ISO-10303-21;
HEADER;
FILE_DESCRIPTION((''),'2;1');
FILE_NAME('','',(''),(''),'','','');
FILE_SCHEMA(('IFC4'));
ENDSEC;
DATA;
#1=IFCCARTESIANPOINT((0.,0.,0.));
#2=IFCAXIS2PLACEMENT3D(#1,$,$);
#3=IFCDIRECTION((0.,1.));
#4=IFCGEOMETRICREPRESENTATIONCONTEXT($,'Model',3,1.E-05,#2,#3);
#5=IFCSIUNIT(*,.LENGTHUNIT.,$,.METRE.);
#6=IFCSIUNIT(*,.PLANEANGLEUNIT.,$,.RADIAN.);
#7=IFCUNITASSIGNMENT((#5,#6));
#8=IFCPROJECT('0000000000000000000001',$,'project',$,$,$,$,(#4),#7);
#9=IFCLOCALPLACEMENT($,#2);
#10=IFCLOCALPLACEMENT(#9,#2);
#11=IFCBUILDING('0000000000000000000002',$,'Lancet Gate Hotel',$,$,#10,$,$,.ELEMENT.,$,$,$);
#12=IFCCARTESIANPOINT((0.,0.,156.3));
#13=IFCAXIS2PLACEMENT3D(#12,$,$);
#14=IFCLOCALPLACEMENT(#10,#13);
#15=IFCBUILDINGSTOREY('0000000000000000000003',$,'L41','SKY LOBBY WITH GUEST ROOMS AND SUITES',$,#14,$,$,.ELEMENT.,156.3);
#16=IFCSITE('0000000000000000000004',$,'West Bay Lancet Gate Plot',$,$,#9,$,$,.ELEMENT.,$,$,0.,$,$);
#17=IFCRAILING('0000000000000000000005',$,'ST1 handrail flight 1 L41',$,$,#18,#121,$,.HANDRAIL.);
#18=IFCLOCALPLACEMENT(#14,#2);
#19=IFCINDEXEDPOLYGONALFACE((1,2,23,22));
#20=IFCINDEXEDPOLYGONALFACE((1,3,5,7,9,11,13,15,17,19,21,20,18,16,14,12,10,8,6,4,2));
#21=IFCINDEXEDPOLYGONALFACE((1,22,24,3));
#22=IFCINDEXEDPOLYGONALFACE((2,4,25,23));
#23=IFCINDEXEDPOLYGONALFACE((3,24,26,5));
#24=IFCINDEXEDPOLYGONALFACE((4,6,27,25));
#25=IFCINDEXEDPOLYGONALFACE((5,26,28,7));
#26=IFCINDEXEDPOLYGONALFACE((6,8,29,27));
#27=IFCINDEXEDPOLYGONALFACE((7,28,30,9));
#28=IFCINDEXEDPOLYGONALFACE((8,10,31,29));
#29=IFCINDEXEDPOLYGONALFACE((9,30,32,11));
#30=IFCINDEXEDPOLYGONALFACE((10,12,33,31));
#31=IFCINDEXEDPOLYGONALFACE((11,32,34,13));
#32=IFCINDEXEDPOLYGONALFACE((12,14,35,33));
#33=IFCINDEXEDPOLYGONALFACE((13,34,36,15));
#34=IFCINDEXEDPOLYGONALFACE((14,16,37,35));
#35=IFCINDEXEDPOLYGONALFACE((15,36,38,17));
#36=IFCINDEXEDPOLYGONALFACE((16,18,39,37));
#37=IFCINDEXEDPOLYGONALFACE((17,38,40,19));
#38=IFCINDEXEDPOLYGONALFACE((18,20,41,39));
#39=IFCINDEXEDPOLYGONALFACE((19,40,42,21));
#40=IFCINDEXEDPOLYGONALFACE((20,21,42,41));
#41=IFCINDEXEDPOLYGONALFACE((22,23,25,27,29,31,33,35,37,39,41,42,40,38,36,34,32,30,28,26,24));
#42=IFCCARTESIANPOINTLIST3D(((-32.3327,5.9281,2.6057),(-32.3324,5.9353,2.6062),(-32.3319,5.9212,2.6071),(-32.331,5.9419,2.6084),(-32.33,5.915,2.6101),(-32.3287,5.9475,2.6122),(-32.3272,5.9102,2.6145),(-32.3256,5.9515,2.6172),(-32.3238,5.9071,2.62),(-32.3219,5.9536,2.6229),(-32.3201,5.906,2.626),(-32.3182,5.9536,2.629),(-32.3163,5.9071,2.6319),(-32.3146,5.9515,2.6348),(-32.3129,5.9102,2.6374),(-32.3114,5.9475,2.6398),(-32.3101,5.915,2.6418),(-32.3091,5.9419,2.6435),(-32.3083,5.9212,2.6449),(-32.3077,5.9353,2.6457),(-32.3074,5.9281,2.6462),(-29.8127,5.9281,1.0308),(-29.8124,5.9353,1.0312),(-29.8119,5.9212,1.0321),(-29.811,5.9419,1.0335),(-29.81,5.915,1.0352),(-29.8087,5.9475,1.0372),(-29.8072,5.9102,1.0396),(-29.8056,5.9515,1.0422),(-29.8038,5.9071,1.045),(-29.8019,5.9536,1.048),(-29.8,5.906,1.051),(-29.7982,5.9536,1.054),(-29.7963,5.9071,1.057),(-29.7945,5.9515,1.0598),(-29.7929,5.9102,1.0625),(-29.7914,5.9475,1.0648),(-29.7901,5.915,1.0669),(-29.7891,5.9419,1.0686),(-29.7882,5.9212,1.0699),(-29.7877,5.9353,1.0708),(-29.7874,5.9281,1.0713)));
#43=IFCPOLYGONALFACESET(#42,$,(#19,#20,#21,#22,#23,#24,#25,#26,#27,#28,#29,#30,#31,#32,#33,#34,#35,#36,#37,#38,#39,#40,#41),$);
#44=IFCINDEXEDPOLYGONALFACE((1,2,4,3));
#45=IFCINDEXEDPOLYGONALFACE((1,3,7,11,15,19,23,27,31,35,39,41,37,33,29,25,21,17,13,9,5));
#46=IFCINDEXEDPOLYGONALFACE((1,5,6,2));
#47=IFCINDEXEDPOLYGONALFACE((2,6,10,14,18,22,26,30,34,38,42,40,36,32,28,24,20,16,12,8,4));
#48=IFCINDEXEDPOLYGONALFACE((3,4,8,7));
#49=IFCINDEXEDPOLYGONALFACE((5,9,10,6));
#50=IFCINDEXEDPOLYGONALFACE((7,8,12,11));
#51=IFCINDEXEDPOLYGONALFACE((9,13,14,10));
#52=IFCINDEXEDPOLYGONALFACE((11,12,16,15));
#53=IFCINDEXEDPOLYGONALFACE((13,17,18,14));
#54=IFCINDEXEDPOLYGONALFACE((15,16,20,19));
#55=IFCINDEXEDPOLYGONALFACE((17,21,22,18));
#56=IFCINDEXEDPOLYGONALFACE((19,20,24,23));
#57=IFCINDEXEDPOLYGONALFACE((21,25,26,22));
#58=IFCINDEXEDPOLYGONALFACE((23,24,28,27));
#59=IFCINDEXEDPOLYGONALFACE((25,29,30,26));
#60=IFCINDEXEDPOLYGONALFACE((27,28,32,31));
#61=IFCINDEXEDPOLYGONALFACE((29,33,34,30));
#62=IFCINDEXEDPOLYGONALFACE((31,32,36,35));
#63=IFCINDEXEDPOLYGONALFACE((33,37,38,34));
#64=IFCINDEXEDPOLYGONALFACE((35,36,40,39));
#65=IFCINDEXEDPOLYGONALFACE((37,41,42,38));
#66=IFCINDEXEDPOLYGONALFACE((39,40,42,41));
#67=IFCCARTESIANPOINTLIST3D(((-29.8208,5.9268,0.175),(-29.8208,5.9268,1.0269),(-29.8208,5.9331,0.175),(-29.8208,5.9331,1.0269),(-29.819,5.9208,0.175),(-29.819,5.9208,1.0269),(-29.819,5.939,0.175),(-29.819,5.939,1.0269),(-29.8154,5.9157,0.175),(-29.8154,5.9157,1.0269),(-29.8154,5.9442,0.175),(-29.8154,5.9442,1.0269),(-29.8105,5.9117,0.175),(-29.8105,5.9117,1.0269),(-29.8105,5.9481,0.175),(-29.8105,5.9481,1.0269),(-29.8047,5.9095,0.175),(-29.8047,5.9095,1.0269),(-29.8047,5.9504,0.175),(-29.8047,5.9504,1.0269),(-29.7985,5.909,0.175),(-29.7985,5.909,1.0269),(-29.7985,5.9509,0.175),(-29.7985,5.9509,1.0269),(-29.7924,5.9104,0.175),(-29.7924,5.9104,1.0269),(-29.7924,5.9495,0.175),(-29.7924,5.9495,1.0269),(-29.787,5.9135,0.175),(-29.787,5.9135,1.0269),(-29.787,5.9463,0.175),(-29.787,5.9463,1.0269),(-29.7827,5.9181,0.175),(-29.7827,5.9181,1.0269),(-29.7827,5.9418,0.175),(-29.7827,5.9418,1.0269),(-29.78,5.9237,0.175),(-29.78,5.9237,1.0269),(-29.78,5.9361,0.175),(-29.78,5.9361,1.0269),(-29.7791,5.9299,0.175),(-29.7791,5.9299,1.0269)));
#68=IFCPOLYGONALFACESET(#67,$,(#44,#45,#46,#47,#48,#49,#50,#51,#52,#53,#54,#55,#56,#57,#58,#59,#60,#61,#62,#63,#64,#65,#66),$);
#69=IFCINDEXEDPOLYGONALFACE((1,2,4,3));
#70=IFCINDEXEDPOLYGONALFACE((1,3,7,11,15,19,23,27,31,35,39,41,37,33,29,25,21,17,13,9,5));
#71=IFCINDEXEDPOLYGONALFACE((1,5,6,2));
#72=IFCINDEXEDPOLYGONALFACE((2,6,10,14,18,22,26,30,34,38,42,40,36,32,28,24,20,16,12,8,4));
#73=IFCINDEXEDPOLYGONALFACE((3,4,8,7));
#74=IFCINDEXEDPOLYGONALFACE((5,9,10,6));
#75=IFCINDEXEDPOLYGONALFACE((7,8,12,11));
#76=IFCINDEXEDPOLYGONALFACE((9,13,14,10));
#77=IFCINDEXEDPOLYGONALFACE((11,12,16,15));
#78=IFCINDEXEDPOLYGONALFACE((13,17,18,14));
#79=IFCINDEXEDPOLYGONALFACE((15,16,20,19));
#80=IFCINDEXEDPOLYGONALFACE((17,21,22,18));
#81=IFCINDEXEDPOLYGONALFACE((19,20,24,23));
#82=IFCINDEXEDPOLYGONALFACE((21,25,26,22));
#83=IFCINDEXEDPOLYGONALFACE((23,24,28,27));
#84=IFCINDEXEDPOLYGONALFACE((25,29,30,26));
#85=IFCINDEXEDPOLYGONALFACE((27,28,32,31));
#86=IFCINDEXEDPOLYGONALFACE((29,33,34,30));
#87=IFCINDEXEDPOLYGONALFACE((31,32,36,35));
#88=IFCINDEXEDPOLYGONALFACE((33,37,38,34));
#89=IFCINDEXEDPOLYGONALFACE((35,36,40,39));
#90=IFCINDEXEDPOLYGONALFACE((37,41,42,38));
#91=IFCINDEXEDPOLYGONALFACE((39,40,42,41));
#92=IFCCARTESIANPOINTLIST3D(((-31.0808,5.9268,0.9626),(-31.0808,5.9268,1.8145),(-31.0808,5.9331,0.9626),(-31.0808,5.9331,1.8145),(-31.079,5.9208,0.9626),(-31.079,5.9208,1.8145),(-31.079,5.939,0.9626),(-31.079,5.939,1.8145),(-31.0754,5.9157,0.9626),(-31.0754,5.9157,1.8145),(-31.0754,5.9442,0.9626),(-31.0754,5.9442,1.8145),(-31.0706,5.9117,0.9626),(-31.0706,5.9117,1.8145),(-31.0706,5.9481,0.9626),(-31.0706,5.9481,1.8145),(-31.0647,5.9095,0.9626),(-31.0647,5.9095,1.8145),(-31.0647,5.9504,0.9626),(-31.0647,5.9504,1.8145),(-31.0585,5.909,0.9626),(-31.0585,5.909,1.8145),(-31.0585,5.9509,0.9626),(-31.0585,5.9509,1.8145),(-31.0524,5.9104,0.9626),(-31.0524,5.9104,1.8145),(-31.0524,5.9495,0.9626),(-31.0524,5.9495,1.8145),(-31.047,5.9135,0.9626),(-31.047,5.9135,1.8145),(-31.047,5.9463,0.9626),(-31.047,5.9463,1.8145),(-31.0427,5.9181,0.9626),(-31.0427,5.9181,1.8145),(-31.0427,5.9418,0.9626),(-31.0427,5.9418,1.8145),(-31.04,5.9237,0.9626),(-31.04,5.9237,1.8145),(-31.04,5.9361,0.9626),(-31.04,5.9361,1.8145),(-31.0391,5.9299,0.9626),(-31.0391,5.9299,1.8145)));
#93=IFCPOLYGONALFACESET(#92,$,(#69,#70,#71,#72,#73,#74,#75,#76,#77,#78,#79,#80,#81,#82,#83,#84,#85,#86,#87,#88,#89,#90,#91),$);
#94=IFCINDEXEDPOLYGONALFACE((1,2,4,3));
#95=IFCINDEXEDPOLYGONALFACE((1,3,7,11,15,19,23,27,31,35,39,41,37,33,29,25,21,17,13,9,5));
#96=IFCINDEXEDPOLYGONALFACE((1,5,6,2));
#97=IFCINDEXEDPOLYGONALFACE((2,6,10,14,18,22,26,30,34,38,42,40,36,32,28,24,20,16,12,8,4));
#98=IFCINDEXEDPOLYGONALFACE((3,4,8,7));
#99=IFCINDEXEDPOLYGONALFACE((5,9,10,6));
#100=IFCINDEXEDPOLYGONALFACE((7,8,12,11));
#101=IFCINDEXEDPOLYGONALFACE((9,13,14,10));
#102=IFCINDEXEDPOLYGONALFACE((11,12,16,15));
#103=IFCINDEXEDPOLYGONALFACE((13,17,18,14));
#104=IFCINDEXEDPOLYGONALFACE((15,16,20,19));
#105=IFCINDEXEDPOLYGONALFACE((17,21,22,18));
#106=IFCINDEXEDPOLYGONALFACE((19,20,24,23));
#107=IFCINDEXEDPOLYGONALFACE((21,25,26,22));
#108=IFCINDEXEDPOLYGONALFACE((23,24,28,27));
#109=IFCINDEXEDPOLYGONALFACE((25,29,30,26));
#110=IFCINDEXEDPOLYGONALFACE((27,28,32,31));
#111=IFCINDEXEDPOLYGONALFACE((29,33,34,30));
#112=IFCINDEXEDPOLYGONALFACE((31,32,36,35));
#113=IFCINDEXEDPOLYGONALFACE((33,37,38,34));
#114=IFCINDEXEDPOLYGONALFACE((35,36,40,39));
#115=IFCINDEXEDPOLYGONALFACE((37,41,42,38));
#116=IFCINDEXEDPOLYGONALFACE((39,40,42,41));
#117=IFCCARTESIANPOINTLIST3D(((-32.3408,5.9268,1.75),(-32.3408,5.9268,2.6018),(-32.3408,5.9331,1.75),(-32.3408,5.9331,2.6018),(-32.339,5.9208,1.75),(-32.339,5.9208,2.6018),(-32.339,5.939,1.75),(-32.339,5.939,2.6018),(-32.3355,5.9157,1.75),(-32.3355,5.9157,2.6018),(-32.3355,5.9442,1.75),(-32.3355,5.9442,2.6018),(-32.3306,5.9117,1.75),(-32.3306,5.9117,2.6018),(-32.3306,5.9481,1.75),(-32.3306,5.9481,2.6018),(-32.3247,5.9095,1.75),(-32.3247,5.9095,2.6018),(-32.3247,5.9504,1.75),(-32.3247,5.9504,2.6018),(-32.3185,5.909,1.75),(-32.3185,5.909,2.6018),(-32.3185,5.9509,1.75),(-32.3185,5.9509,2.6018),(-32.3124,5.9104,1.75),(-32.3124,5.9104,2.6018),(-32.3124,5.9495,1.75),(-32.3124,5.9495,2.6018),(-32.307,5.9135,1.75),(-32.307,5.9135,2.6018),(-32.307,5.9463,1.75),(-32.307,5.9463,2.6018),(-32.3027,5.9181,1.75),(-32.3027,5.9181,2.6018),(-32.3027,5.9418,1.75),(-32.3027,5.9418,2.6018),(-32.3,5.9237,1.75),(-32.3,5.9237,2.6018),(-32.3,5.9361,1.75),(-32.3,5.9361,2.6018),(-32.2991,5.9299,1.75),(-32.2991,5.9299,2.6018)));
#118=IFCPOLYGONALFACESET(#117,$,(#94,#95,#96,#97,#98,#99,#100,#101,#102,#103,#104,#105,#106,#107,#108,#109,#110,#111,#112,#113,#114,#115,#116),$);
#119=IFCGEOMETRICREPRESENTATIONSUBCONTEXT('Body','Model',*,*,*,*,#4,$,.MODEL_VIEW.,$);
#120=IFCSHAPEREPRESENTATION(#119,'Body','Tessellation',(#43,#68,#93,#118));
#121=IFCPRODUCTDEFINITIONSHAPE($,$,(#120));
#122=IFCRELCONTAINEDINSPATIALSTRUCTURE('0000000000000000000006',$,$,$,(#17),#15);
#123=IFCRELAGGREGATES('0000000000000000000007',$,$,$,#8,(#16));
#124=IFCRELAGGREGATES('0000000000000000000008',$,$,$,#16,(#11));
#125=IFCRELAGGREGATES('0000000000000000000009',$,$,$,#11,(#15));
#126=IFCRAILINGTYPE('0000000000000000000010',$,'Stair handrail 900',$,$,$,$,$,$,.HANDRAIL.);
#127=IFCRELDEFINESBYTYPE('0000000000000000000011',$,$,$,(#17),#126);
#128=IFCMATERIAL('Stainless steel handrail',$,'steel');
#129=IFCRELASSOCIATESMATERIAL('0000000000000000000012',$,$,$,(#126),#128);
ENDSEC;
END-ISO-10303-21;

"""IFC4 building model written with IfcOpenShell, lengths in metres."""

from ifc_helpers import new_model, si_unit, direction, frame, origin, origin_2d, place, context, subcontext, project, spatial, circle, extrude, material, type_object, element, save


model = new_model("IFC4")

# Units and contexts
model_context = context("Model", 3, precision=1e-05, world=origin(), true_north=direction((0.0, 1.0)))
body_context = subcontext(model_context, "Body", "Model", "MODEL_VIEW")
ifc_project = project(units=[si_unit("LENGTHUNIT", "METRE"), si_unit("PLANEANGLEUNIT", "RADIAN")], contexts=[model_context])

# Site, building, storey
site_placement = place(None, origin())
site = spatial("IfcSite", under=ifc_project, at=site_placement, Name="West Bay Lancet Gate Plot", CompositionType="ELEMENT", RefElevation=0.0)
building_placement = place(site_placement, origin())
building = spatial("IfcBuilding", under=site, at=building_placement, Name="Lancet Gate Hotel", CompositionType="ELEMENT")
storey_placement = place(building_placement, frame((0.0, 0.0, 156.3)))
storey = spatial("IfcBuildingStorey", under=building, at=storey_placement, Name="L41", Description="SKY LOBBY WITH GUEST ROOMS AND SUITES", CompositionType="ELEMENT", Elevation=156.3)

# Railing
ifc_material_1 = material(Name="Stainless steel handrail", Category="steel")
railing_type = type_object("IfcRailingType", Name="Stair handrail 900", PredefinedType="HANDRAIL", material=ifc_material_1)
railing_1_placement = place(storey_placement, frame((-29.8, 5.9299, 0.175)))
element("IfcRailing", 1, at=railing_1_placement, inside=storey, type_object=railing_type, Name="ST1 handrail flight 1 L41", PredefinedType="HANDRAIL", context=body_context, shape_type="SweptSolid", body=[
    extrude(circle(Radius=0.0239, at=origin_2d()), frame((0.0, 0.0, 0.876), z_axis=(-0.848008, 0.0, 0.529984), x_axis=(0.0, -1.0, 0.0)), (0.0, 0.0, 1.0), 2.9717),
    extrude(circle(Radius=0.021, at=origin_2d()), origin(), (0.0, 0.0, 1.0), 0.8518),
    extrude(circle(Radius=0.021, at=origin_2d()), frame((-1.26, 0.0, 0.7876)), (0.0, 0.0, 1.0), 0.8518),
    extrude(circle(Radius=0.021, at=origin_2d()), frame((-2.52, 0.0, 1.575)), (0.0, 0.0, 1.0), 0.8518),
])

save(model, "model.ifc")
